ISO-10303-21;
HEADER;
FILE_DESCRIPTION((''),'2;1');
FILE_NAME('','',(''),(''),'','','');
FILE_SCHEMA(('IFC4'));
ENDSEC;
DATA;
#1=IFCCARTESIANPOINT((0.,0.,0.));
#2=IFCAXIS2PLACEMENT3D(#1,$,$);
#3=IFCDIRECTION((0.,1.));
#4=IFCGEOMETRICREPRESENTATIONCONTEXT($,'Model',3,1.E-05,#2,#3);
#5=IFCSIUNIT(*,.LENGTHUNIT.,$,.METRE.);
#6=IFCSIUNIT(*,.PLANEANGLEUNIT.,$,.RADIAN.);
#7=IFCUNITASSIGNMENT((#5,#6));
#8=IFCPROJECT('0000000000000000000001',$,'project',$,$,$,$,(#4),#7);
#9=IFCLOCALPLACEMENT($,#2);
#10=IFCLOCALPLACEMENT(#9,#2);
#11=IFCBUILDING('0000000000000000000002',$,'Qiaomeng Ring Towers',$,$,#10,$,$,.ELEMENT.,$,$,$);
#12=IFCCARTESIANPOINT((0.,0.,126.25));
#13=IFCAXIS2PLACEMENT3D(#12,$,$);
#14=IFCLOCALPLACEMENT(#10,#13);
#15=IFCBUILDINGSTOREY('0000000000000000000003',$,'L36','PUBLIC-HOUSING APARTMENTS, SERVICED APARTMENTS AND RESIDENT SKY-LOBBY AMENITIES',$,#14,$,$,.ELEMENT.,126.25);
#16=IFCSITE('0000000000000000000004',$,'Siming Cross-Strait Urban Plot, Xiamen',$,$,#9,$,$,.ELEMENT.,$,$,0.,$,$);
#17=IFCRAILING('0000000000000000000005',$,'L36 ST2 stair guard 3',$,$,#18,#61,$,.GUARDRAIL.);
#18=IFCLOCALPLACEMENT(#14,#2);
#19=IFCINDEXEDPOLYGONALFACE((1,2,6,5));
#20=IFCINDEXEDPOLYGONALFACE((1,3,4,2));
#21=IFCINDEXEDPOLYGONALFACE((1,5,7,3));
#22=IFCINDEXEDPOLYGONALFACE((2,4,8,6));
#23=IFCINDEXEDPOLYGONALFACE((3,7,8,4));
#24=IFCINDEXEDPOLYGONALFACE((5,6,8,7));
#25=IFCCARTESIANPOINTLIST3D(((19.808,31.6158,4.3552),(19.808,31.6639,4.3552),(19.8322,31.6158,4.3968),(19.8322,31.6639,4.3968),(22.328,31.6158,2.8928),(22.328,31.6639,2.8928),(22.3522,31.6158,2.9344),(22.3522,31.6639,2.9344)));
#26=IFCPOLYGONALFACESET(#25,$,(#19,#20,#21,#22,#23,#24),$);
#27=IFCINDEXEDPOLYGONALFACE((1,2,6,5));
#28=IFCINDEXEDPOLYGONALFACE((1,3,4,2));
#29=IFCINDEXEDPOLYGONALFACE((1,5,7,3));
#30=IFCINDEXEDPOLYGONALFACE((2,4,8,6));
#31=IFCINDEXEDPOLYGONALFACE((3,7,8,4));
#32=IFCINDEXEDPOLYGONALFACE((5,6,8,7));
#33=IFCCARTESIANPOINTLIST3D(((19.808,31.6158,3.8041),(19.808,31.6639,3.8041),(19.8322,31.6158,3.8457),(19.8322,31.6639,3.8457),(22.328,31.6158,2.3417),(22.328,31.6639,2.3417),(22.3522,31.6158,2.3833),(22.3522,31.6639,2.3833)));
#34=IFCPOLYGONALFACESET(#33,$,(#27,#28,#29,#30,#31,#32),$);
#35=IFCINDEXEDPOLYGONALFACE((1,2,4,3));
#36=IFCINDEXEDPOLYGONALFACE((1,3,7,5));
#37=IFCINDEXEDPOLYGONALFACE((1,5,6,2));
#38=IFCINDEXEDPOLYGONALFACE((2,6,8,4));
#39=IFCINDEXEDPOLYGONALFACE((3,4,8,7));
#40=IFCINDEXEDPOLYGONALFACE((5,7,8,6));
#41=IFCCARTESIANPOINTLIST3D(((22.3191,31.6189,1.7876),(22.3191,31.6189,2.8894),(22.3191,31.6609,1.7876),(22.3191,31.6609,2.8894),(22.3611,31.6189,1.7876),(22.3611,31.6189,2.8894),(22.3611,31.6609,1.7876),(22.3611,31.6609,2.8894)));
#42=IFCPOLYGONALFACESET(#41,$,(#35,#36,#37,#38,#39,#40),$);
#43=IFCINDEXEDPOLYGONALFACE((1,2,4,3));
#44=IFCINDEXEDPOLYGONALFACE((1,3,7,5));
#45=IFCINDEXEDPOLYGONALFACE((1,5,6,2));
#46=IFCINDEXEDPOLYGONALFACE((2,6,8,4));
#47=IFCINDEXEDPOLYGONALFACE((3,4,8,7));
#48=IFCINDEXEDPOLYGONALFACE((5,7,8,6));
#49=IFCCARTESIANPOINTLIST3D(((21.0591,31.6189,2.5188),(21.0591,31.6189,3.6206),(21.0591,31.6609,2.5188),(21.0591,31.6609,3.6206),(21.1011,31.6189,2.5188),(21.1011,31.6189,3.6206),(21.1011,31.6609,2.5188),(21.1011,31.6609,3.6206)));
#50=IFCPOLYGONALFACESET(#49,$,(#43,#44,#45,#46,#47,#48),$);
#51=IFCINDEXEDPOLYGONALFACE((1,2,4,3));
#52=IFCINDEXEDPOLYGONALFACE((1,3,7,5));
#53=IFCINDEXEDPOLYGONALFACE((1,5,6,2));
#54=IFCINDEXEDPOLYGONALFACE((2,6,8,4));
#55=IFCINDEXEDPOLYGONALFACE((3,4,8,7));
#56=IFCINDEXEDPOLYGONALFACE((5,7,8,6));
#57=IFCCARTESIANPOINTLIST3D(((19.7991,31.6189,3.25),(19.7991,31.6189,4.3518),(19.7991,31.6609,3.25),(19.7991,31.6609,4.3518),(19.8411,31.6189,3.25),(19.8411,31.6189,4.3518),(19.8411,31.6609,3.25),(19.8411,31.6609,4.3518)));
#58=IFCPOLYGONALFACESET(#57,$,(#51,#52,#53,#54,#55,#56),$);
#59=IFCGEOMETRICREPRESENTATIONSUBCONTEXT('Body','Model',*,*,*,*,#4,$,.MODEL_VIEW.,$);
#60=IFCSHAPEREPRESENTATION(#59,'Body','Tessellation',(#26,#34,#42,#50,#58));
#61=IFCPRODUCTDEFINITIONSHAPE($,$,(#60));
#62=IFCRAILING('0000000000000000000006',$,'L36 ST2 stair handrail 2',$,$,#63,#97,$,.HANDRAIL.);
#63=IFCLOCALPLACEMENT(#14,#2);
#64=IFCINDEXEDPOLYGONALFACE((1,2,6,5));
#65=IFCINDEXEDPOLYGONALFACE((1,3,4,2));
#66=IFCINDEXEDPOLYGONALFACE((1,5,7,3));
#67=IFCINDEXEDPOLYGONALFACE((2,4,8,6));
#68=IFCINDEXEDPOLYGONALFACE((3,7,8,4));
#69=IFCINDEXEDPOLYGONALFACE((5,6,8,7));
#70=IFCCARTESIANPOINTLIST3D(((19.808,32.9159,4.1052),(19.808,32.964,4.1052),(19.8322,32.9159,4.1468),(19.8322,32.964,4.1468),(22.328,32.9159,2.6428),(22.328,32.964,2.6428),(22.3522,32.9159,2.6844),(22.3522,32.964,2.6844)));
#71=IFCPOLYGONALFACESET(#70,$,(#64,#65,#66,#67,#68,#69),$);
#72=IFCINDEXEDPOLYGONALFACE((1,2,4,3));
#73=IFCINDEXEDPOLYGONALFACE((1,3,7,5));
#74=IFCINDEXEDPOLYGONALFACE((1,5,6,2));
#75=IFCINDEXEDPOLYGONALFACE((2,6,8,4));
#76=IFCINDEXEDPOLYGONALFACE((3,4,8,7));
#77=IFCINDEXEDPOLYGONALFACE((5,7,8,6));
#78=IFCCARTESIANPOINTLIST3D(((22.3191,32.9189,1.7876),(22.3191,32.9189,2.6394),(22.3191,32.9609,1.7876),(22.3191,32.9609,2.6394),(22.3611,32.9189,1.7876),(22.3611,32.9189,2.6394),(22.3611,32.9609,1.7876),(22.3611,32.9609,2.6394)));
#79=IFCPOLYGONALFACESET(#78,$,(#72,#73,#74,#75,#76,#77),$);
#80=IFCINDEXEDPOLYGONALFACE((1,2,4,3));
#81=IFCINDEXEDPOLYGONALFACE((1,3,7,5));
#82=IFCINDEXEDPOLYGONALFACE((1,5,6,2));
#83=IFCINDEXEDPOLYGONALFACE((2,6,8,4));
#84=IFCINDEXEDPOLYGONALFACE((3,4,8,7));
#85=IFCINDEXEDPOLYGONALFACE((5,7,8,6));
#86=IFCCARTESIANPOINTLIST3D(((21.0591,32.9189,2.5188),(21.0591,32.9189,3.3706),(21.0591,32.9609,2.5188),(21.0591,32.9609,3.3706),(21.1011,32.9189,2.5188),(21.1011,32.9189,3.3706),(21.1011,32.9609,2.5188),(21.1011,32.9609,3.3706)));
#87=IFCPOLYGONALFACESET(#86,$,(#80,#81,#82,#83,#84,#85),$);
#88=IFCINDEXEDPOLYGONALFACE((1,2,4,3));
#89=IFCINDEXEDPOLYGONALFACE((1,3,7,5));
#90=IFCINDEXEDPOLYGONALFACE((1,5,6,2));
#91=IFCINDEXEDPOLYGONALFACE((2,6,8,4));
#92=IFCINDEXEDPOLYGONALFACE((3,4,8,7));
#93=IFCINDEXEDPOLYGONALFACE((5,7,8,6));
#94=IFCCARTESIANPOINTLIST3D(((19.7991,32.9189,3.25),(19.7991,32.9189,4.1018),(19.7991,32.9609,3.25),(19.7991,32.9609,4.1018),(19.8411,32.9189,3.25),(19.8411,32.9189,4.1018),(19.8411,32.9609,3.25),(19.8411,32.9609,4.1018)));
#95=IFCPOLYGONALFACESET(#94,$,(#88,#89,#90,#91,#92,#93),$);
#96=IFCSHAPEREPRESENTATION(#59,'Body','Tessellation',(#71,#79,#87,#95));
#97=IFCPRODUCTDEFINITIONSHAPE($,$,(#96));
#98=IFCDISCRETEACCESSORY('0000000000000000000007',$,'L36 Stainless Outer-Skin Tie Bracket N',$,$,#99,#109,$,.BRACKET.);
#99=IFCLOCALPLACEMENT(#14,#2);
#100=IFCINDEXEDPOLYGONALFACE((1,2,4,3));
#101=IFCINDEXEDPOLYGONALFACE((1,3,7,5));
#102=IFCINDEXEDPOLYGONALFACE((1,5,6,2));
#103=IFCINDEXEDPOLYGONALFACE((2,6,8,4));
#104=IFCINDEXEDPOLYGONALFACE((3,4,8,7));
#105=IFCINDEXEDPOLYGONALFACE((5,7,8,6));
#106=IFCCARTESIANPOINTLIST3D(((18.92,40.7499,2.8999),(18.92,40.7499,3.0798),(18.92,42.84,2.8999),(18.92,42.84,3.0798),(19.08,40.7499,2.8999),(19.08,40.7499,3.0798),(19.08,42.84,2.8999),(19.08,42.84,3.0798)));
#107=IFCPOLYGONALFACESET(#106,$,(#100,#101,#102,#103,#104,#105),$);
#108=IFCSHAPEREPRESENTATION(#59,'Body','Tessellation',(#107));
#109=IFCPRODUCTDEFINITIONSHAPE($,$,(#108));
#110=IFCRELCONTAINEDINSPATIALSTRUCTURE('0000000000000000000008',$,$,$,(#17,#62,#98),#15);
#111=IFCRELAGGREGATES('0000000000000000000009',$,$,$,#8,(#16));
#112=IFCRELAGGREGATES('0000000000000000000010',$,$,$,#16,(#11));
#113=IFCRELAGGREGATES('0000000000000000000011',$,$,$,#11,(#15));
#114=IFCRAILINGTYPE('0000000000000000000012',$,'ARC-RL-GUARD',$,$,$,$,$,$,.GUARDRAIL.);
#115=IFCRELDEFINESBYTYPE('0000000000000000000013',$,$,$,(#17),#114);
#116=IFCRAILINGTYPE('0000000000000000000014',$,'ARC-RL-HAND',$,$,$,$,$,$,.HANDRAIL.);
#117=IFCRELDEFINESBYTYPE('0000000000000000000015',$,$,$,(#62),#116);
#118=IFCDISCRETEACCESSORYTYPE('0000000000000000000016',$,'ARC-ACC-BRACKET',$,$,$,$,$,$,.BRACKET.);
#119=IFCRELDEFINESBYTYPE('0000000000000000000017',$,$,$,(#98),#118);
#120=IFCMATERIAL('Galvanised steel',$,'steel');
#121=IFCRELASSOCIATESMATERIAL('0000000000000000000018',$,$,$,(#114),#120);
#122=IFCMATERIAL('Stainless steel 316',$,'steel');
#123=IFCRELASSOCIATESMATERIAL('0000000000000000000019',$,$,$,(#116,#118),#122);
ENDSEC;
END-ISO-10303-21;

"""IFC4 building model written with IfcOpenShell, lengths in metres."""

from ifc_helpers import new_model, si_unit, direction, frame, origin, origin_2d, place, context, subcontext, project, spatial, rectangle, extrude, source, transform, mapped, material, type_object, element, save


model = new_model("IFC4")

# Units and contexts
model_context = context("Model", 3, precision=1e-05, world=origin(), true_north=direction((0.0, 1.0)))
body_context = subcontext(model_context, "Body", "Model", "MODEL_VIEW")
ifc_project = project(units=[si_unit("LENGTHUNIT", "METRE"), si_unit("PLANEANGLEUNIT", "RADIAN")], contexts=[model_context])

# Site, building, storey
site_placement = place(None, origin())
site = spatial("IfcSite", under=ifc_project, at=site_placement, Name="Siming Cross-Strait Urban Plot, Xiamen", CompositionType="ELEMENT", RefElevation=0.0)
building_placement = place(site_placement, origin())
building = spatial("IfcBuilding", under=site, at=building_placement, Name="Qiaomeng Ring Towers", CompositionType="ELEMENT")
storey_placement = place(building_placement, frame((0.0, 0.0, 126.25)))
storey = spatial("IfcBuildingStorey", under=building, at=storey_placement, Name="L36", Description="PUBLIC-HOUSING APARTMENTS, SERVICED APARTMENTS AND RESIDENT SKY-LOBBY AMENITIES", CompositionType="ELEMENT", Elevation=126.25)

# Railings
ifc_material_1 = material(Name="Galvanised steel", Category="steel")
railing_type_1 = type_object("IfcRailingType", Name="ARC-RL-GUARD", PredefinedType="GUARDRAIL", material=ifc_material_1)
railing_1_placement = place(storey_placement, frame((22.3401, 31.6399, 1.7876)))
element("IfcRailing", 1, at=railing_1_placement, inside=storey, type_object=railing_type_1, Name="L36 ST2 stair guard 3", PredefinedType="GUARDRAIL", context=body_context, shape_type="SweptSolid", body=[
    extrude(rectangle(XDim=0.0481, YDim=0.0481, at=origin_2d()), frame((0.0, 0.0, 1.126), z_axis=(-0.864913, 0.0, 0.501921), x_axis=(0.0, -1.0, 0.0)), (0.0, 0.0, 1.0), 2.9136),
    extrude(rectangle(XDim=0.0481, YDim=0.0481, at=origin_2d()), frame((0.0, 0.0, 0.575), z_axis=(-0.864913, 0.0, 0.501921), x_axis=(0.0, -1.0, 0.0)), (0.0, 0.0, 1.0), 2.9136),
    extrude(rectangle(XDim=0.042, YDim=0.042, at=origin_2d()), origin(), (0.0, 0.0, 1.0), 1.1018),
    extrude(rectangle(XDim=0.042, YDim=0.042, at=origin_2d()), frame((-1.26, 0.0, 0.7312)), (0.0, 0.0, 1.0), 1.1018),
    extrude(rectangle(XDim=0.042, YDim=0.042, at=origin_2d()), frame((-2.52, 0.0, 1.4624)), (0.0, 0.0, 1.0), 1.1018),
])
ifc_material_2 = material(Name="Stainless steel 316", Category="steel")
railing_type_2 = type_object("IfcRailingType", Name="ARC-RL-HAND", PredefinedType="HANDRAIL", material=ifc_material_2)
railing_2_placement = place(storey_placement, frame((22.3401, 32.9399, 1.7876)))
element("IfcRailing", 2, at=railing_2_placement, inside=storey, type_object=railing_type_2, Name="L36 ST2 stair handrail 2", PredefinedType="HANDRAIL", context=body_context, shape_type="SweptSolid", body=[
    extrude(rectangle(XDim=0.0481, YDim=0.0481, at=origin_2d()), frame((0.0, 0.0, 0.876), z_axis=(-0.864913, 0.0, 0.501921), x_axis=(0.0, -1.0, 0.0)), (0.0, 0.0, 1.0), 2.9136),
    extrude(rectangle(XDim=0.042, YDim=0.042, at=origin_2d()), origin(), (0.0, 0.0, 1.0), 0.8518),
    extrude(rectangle(XDim=0.042, YDim=0.042, at=origin_2d()), frame((-1.26, 0.0, 0.7312)), (0.0, 0.0, 1.0), 0.8518),
    extrude(rectangle(XDim=0.042, YDim=0.042, at=origin_2d()), frame((-2.52, 0.0, 1.4624)), (0.0, 0.0, 1.0), 0.8518),
])

# Discrete accessory
discrete_accessory_type = type_object("IfcDiscreteAccessoryType", Name="ARC-ACC-BRACKET", PredefinedType="BRACKET", material=ifc_material_2)
shared_shape_1 = source(origin(), body_context, "Body", "SweptSolid", [
    extrude(rectangle(XDim=0.1599, YDim=2.0901, at=origin_2d()), origin(), (0.0, 0.0, 1.0), 0.1799),
])
discrete_accessory_placement = place(storey_placement, frame((19.0, 41.7949, 2.8999), z_axis=(0.0, 0.0, 1.0), x_axis=(1.0, 0.0, 0.0)))
element("IfcDiscreteAccessory", 3, at=discrete_accessory_placement, inside=storey, type_object=discrete_accessory_type, Name="L36 Stainless Outer-Skin Tie Bracket N", PredefinedType="BRACKET", context=body_context, shape_type="MappedRepresentation", body=[
    mapped(shared_shape_1, transform((0.0, 0.0, 0.0), x_axis=(1.0, 0.0, 0.0), y_axis=(0.0, 1.0, 0.0), z_axis=(0.0, 0.0, 1.0), scale=1.0)),
])

save(model, "model.ifc")
